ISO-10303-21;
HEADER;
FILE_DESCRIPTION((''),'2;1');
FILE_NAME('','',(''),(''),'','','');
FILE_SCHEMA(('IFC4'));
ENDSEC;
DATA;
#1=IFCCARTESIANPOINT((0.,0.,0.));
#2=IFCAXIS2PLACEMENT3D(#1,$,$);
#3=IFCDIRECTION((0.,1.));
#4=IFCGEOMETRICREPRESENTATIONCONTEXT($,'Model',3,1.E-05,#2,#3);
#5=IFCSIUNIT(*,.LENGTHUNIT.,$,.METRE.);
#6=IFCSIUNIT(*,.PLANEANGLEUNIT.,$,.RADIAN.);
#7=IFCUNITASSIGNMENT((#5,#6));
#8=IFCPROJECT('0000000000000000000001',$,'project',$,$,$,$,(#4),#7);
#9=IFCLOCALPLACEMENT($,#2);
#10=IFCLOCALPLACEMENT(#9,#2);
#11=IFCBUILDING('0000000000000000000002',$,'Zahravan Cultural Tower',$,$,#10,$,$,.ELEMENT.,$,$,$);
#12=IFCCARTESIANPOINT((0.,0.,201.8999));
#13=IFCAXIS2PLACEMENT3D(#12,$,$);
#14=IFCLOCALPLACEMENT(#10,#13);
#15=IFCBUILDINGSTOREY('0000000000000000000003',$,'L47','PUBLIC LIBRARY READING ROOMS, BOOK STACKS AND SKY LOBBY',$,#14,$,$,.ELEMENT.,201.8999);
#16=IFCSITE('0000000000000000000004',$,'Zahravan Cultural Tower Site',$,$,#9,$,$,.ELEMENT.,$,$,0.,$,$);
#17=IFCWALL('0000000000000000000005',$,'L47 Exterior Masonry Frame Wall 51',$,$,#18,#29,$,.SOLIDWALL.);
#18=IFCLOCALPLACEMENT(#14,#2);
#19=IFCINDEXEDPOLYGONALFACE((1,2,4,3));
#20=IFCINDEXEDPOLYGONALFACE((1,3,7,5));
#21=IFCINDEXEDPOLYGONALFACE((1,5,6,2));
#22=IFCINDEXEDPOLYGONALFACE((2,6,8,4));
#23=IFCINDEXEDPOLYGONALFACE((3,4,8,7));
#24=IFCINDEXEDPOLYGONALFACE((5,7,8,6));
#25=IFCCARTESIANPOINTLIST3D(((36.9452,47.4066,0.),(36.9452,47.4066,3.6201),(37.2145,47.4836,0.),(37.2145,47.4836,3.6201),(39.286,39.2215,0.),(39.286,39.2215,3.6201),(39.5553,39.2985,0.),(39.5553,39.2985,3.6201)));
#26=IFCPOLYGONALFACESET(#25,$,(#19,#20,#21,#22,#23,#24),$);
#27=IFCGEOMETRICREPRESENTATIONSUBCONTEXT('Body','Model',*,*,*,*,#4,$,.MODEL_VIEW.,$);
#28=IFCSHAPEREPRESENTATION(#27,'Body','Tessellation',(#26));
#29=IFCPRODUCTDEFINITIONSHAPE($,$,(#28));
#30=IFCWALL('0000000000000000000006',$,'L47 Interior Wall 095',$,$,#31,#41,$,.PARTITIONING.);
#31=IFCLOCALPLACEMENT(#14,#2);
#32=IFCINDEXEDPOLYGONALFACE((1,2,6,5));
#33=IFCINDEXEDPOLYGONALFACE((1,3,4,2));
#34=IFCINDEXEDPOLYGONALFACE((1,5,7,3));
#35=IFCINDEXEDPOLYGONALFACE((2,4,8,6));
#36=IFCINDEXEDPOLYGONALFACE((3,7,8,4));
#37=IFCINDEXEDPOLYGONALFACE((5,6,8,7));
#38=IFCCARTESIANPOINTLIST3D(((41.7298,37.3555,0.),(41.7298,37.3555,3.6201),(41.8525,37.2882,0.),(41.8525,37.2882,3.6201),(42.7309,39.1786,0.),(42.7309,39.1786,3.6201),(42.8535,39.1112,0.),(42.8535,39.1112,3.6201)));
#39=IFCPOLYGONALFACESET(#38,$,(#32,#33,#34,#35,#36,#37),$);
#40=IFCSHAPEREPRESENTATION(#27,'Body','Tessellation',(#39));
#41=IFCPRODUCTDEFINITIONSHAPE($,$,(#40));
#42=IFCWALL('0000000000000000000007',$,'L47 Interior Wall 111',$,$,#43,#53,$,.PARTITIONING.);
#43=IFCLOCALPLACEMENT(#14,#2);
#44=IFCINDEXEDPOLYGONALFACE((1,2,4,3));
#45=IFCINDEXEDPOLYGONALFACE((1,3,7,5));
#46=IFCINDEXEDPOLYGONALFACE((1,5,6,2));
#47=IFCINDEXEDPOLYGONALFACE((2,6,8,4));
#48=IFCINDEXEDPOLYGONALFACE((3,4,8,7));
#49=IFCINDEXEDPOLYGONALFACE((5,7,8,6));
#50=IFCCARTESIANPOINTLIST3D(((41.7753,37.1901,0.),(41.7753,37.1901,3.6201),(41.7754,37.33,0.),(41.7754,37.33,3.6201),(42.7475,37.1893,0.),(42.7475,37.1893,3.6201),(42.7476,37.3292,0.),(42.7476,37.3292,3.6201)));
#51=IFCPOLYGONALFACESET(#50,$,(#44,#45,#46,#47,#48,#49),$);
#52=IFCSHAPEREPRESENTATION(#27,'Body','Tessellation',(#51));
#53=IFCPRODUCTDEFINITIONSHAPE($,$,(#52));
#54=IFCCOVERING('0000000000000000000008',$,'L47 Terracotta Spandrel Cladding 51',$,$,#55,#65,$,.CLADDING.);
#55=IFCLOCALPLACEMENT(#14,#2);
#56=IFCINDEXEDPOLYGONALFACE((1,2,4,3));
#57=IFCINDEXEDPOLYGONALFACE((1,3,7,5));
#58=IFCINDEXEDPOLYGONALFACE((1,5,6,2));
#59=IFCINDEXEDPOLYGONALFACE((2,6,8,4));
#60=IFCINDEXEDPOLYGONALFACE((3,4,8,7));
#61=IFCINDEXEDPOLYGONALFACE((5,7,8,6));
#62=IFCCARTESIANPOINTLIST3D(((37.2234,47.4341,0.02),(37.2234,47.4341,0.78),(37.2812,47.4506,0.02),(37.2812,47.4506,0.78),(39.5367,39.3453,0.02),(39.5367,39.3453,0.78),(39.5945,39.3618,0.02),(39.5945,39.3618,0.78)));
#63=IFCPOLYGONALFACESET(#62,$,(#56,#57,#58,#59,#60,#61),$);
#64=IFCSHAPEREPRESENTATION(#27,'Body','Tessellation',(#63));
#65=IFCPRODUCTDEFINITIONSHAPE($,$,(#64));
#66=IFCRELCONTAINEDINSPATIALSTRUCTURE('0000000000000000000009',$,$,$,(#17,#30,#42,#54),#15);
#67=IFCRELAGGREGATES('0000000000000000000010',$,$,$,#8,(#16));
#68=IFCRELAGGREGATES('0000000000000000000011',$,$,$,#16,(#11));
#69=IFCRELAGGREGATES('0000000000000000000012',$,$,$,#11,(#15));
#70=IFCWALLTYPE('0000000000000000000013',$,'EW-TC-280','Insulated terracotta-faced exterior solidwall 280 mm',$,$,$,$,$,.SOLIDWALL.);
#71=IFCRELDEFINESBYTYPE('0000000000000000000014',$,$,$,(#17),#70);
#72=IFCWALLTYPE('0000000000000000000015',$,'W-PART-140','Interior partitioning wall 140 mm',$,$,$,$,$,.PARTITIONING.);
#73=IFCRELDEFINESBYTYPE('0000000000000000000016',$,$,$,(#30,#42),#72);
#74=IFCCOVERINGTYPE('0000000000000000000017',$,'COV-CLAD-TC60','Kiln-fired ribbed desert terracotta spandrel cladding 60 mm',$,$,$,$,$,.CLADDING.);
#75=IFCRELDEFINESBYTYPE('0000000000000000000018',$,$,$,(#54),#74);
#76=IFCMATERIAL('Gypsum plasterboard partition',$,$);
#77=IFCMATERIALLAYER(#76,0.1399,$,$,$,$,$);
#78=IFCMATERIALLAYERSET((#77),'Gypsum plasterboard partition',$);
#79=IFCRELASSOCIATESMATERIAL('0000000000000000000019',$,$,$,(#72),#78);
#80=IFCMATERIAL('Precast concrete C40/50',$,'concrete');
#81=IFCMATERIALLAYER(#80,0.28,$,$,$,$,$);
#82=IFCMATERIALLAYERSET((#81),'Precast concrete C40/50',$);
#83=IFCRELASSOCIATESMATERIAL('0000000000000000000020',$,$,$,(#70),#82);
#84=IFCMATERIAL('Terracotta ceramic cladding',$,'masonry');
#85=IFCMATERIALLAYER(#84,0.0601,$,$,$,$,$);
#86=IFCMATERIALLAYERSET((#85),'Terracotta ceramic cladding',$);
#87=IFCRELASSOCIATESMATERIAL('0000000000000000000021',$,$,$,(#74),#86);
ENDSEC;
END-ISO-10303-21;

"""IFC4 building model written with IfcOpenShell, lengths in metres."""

from ifc_helpers import new_model, si_unit, direction, frame, frame_2d, origin, origin_2d, place, context, subcontext, project, spatial, rectangle, extrude, source, transform, mapped, material, layer, layer_set, type_object, element, save


model = new_model("IFC4")

# Units and contexts
model_context = context("Model", 3, precision=1e-05, world=origin(), true_north=direction((0.0, 1.0)))
body_context = subcontext(model_context, "Body", "Model", "MODEL_VIEW")
ifc_project = project(units=[si_unit("LENGTHUNIT", "METRE"), si_unit("PLANEANGLEUNIT", "RADIAN")], contexts=[model_context])

# Site, building, storey
site_placement = place(None, origin())
site = spatial("IfcSite", under=ifc_project, at=site_placement, Name="Zahravan Cultural Tower Site", CompositionType="ELEMENT", RefElevation=0.0)
building_placement = place(site_placement, origin())
building = spatial("IfcBuilding", under=site, at=building_placement, Name="Zahravan Cultural Tower", CompositionType="ELEMENT")
storey_placement = place(building_placement, frame((0.0, 0.0, 201.8999)))
storey = spatial("IfcBuildingStorey", under=building, at=storey_placement, Name="L47", Description="PUBLIC LIBRARY READING ROOMS, BOOK STACKS AND SKY LOBBY", CompositionType="ELEMENT", Elevation=201.8999)

# Shared definitions
ifc_material_1 = material(Name="Gypsum plasterboard partition")
ifc_layer_1 = layer(ifc_material_1, 0.1399)
ifc_layer_set_1 = layer_set([ifc_layer_1], Name="Gypsum plasterboard partition")
wall_type_1 = type_object("IfcWallType", Name="W-PART-140", Description="Interior partitioning wall 140 mm", PredefinedType="PARTITIONING", material=ifc_layer_set_1)

# Walls
ifc_material_2 = material(Name="Precast concrete C40/50", Category="concrete")
ifc_layer_2 = layer(ifc_material_2, 0.28)
ifc_layer_set_2 = layer_set([ifc_layer_2], Name="Precast concrete C40/50")
wall_type_2 = type_object("IfcWallType", Name="EW-TC-280", Description="Insulated terracotta-faced exterior solidwall 280 mm", PredefinedType="SOLIDWALL", material=ifc_layer_set_2)
shared_shape_1 = source(origin(), body_context, "Body", "SweptSolid", [
    extrude(rectangle(XDim=8.5132, YDim=0.28, at=frame_2d((4.2566, 0.0))), origin(), (0.0, 0.0, 1.0), 3.6201),
])
wall_1_placement = place(storey_placement, frame((37.0798, 47.4451, 0.0), z_axis=(0.0, 0.0, 1.0), x_axis=(0.274964, -0.961455, 0.0)))
element("IfcWall", 1, at=wall_1_placement, inside=storey, type_object=wall_type_2, Name="L47 Exterior Masonry Frame Wall 51", PredefinedType="SOLIDWALL", context=body_context, shape_type="MappedRepresentation", body=[
    mapped(shared_shape_1, transform((0.0, 0.0, 0.0), x_axis=(1.0, 0.0, 0.0), y_axis=(0.0, 1.0, 0.0), z_axis=(0.0, 0.0, 1.0), scale=1.0)),
])
shared_shape_2 = source(origin(), body_context, "Body", "SweptSolid", [
    extrude(rectangle(XDim=2.0798, YDim=0.1399, at=frame_2d((1.04, 0.0))), origin(), (0.0, 0.0, 1.0), 3.6201),
])
wall_2_placement = place(storey_placement, frame((42.7922, 39.145, 0.0), z_axis=(0.0, 0.0, 1.0), x_axis=(-0.481301, -0.876555, 0.0)))
element("IfcWall", 2, at=wall_2_placement, inside=storey, type_object=wall_type_1, Name="L47 Interior Wall 095", PredefinedType="PARTITIONING", context=body_context, shape_type="MappedRepresentation", body=[
    mapped(shared_shape_2, transform((0.0, 0.0, 0.0), x_axis=(1.0, 0.0, 0.0), y_axis=(0.0, 1.0, 0.0), z_axis=(0.0, 0.0, 1.0), scale=1.0)),
])
shared_shape_3 = source(origin(), body_context, "Body", "SweptSolid", [
    extrude(rectangle(XDim=0.9722, YDim=0.1399, at=frame_2d((0.4861, 0.0))), origin(), (0.0, 0.0, 1.0), 3.6201),
])
wall_3_placement = place(storey_placement, frame((42.7476, 37.2593, 0.0), z_axis=(0.0, 0.0, 1.0), x_axis=(-1.0, 0.000753, 0.0)))
element("IfcWall", 3, at=wall_3_placement, inside=storey, type_object=wall_type_1, Name="L47 Interior Wall 111", PredefinedType="PARTITIONING", context=body_context, shape_type="MappedRepresentation", body=[
    mapped(shared_shape_3, transform((0.0, 0.0, 0.0), x_axis=(1.0, 0.0, 0.0), y_axis=(0.0, 1.0, 0.0), z_axis=(0.0, 0.0, 1.0), scale=1.0)),
])

# Covering
ifc_material_3 = material(Name="Terracotta ceramic cladding", Category="masonry")
ifc_layer_3 = layer(ifc_material_3, 0.0601)
ifc_layer_set_3 = layer_set([ifc_layer_3], Name="Terracotta ceramic cladding")
covering_type = type_object("IfcCoveringType", Name="COV-CLAD-TC60", Description="Kiln-fired ribbed desert terracotta spandrel cladding 60 mm", PredefinedType="CLADDING", material=ifc_layer_set_3)
shared_shape_4 = source(origin(), body_context, "Body", "SweptSolid", [
    extrude(rectangle(XDim=8.4131, YDim=0.0601, at=origin_2d()), origin(), (0.0, 0.0, 1.0), 0.76),
])
covering_placement = place(storey_placement, frame((38.4089, 43.3979, 0.02), z_axis=(0.0, 0.0, 1.0), x_axis=(0.274966, -0.961454, 0.0)))
element("IfcCovering", 4, at=covering_placement, inside=storey, type_object=covering_type, Name="L47 Terracotta Spandrel Cladding 51", PredefinedType="CLADDING", context=body_context, shape_type="MappedRepresentation", body=[
    mapped(shared_shape_4, transform((0.0, 0.0, 0.0), x_axis=(1.0, 0.0, 0.0), y_axis=(0.0, 1.0, 0.0), z_axis=(0.0, 0.0, 1.0), scale=1.0)),
])

save(model, "model.ifc")
